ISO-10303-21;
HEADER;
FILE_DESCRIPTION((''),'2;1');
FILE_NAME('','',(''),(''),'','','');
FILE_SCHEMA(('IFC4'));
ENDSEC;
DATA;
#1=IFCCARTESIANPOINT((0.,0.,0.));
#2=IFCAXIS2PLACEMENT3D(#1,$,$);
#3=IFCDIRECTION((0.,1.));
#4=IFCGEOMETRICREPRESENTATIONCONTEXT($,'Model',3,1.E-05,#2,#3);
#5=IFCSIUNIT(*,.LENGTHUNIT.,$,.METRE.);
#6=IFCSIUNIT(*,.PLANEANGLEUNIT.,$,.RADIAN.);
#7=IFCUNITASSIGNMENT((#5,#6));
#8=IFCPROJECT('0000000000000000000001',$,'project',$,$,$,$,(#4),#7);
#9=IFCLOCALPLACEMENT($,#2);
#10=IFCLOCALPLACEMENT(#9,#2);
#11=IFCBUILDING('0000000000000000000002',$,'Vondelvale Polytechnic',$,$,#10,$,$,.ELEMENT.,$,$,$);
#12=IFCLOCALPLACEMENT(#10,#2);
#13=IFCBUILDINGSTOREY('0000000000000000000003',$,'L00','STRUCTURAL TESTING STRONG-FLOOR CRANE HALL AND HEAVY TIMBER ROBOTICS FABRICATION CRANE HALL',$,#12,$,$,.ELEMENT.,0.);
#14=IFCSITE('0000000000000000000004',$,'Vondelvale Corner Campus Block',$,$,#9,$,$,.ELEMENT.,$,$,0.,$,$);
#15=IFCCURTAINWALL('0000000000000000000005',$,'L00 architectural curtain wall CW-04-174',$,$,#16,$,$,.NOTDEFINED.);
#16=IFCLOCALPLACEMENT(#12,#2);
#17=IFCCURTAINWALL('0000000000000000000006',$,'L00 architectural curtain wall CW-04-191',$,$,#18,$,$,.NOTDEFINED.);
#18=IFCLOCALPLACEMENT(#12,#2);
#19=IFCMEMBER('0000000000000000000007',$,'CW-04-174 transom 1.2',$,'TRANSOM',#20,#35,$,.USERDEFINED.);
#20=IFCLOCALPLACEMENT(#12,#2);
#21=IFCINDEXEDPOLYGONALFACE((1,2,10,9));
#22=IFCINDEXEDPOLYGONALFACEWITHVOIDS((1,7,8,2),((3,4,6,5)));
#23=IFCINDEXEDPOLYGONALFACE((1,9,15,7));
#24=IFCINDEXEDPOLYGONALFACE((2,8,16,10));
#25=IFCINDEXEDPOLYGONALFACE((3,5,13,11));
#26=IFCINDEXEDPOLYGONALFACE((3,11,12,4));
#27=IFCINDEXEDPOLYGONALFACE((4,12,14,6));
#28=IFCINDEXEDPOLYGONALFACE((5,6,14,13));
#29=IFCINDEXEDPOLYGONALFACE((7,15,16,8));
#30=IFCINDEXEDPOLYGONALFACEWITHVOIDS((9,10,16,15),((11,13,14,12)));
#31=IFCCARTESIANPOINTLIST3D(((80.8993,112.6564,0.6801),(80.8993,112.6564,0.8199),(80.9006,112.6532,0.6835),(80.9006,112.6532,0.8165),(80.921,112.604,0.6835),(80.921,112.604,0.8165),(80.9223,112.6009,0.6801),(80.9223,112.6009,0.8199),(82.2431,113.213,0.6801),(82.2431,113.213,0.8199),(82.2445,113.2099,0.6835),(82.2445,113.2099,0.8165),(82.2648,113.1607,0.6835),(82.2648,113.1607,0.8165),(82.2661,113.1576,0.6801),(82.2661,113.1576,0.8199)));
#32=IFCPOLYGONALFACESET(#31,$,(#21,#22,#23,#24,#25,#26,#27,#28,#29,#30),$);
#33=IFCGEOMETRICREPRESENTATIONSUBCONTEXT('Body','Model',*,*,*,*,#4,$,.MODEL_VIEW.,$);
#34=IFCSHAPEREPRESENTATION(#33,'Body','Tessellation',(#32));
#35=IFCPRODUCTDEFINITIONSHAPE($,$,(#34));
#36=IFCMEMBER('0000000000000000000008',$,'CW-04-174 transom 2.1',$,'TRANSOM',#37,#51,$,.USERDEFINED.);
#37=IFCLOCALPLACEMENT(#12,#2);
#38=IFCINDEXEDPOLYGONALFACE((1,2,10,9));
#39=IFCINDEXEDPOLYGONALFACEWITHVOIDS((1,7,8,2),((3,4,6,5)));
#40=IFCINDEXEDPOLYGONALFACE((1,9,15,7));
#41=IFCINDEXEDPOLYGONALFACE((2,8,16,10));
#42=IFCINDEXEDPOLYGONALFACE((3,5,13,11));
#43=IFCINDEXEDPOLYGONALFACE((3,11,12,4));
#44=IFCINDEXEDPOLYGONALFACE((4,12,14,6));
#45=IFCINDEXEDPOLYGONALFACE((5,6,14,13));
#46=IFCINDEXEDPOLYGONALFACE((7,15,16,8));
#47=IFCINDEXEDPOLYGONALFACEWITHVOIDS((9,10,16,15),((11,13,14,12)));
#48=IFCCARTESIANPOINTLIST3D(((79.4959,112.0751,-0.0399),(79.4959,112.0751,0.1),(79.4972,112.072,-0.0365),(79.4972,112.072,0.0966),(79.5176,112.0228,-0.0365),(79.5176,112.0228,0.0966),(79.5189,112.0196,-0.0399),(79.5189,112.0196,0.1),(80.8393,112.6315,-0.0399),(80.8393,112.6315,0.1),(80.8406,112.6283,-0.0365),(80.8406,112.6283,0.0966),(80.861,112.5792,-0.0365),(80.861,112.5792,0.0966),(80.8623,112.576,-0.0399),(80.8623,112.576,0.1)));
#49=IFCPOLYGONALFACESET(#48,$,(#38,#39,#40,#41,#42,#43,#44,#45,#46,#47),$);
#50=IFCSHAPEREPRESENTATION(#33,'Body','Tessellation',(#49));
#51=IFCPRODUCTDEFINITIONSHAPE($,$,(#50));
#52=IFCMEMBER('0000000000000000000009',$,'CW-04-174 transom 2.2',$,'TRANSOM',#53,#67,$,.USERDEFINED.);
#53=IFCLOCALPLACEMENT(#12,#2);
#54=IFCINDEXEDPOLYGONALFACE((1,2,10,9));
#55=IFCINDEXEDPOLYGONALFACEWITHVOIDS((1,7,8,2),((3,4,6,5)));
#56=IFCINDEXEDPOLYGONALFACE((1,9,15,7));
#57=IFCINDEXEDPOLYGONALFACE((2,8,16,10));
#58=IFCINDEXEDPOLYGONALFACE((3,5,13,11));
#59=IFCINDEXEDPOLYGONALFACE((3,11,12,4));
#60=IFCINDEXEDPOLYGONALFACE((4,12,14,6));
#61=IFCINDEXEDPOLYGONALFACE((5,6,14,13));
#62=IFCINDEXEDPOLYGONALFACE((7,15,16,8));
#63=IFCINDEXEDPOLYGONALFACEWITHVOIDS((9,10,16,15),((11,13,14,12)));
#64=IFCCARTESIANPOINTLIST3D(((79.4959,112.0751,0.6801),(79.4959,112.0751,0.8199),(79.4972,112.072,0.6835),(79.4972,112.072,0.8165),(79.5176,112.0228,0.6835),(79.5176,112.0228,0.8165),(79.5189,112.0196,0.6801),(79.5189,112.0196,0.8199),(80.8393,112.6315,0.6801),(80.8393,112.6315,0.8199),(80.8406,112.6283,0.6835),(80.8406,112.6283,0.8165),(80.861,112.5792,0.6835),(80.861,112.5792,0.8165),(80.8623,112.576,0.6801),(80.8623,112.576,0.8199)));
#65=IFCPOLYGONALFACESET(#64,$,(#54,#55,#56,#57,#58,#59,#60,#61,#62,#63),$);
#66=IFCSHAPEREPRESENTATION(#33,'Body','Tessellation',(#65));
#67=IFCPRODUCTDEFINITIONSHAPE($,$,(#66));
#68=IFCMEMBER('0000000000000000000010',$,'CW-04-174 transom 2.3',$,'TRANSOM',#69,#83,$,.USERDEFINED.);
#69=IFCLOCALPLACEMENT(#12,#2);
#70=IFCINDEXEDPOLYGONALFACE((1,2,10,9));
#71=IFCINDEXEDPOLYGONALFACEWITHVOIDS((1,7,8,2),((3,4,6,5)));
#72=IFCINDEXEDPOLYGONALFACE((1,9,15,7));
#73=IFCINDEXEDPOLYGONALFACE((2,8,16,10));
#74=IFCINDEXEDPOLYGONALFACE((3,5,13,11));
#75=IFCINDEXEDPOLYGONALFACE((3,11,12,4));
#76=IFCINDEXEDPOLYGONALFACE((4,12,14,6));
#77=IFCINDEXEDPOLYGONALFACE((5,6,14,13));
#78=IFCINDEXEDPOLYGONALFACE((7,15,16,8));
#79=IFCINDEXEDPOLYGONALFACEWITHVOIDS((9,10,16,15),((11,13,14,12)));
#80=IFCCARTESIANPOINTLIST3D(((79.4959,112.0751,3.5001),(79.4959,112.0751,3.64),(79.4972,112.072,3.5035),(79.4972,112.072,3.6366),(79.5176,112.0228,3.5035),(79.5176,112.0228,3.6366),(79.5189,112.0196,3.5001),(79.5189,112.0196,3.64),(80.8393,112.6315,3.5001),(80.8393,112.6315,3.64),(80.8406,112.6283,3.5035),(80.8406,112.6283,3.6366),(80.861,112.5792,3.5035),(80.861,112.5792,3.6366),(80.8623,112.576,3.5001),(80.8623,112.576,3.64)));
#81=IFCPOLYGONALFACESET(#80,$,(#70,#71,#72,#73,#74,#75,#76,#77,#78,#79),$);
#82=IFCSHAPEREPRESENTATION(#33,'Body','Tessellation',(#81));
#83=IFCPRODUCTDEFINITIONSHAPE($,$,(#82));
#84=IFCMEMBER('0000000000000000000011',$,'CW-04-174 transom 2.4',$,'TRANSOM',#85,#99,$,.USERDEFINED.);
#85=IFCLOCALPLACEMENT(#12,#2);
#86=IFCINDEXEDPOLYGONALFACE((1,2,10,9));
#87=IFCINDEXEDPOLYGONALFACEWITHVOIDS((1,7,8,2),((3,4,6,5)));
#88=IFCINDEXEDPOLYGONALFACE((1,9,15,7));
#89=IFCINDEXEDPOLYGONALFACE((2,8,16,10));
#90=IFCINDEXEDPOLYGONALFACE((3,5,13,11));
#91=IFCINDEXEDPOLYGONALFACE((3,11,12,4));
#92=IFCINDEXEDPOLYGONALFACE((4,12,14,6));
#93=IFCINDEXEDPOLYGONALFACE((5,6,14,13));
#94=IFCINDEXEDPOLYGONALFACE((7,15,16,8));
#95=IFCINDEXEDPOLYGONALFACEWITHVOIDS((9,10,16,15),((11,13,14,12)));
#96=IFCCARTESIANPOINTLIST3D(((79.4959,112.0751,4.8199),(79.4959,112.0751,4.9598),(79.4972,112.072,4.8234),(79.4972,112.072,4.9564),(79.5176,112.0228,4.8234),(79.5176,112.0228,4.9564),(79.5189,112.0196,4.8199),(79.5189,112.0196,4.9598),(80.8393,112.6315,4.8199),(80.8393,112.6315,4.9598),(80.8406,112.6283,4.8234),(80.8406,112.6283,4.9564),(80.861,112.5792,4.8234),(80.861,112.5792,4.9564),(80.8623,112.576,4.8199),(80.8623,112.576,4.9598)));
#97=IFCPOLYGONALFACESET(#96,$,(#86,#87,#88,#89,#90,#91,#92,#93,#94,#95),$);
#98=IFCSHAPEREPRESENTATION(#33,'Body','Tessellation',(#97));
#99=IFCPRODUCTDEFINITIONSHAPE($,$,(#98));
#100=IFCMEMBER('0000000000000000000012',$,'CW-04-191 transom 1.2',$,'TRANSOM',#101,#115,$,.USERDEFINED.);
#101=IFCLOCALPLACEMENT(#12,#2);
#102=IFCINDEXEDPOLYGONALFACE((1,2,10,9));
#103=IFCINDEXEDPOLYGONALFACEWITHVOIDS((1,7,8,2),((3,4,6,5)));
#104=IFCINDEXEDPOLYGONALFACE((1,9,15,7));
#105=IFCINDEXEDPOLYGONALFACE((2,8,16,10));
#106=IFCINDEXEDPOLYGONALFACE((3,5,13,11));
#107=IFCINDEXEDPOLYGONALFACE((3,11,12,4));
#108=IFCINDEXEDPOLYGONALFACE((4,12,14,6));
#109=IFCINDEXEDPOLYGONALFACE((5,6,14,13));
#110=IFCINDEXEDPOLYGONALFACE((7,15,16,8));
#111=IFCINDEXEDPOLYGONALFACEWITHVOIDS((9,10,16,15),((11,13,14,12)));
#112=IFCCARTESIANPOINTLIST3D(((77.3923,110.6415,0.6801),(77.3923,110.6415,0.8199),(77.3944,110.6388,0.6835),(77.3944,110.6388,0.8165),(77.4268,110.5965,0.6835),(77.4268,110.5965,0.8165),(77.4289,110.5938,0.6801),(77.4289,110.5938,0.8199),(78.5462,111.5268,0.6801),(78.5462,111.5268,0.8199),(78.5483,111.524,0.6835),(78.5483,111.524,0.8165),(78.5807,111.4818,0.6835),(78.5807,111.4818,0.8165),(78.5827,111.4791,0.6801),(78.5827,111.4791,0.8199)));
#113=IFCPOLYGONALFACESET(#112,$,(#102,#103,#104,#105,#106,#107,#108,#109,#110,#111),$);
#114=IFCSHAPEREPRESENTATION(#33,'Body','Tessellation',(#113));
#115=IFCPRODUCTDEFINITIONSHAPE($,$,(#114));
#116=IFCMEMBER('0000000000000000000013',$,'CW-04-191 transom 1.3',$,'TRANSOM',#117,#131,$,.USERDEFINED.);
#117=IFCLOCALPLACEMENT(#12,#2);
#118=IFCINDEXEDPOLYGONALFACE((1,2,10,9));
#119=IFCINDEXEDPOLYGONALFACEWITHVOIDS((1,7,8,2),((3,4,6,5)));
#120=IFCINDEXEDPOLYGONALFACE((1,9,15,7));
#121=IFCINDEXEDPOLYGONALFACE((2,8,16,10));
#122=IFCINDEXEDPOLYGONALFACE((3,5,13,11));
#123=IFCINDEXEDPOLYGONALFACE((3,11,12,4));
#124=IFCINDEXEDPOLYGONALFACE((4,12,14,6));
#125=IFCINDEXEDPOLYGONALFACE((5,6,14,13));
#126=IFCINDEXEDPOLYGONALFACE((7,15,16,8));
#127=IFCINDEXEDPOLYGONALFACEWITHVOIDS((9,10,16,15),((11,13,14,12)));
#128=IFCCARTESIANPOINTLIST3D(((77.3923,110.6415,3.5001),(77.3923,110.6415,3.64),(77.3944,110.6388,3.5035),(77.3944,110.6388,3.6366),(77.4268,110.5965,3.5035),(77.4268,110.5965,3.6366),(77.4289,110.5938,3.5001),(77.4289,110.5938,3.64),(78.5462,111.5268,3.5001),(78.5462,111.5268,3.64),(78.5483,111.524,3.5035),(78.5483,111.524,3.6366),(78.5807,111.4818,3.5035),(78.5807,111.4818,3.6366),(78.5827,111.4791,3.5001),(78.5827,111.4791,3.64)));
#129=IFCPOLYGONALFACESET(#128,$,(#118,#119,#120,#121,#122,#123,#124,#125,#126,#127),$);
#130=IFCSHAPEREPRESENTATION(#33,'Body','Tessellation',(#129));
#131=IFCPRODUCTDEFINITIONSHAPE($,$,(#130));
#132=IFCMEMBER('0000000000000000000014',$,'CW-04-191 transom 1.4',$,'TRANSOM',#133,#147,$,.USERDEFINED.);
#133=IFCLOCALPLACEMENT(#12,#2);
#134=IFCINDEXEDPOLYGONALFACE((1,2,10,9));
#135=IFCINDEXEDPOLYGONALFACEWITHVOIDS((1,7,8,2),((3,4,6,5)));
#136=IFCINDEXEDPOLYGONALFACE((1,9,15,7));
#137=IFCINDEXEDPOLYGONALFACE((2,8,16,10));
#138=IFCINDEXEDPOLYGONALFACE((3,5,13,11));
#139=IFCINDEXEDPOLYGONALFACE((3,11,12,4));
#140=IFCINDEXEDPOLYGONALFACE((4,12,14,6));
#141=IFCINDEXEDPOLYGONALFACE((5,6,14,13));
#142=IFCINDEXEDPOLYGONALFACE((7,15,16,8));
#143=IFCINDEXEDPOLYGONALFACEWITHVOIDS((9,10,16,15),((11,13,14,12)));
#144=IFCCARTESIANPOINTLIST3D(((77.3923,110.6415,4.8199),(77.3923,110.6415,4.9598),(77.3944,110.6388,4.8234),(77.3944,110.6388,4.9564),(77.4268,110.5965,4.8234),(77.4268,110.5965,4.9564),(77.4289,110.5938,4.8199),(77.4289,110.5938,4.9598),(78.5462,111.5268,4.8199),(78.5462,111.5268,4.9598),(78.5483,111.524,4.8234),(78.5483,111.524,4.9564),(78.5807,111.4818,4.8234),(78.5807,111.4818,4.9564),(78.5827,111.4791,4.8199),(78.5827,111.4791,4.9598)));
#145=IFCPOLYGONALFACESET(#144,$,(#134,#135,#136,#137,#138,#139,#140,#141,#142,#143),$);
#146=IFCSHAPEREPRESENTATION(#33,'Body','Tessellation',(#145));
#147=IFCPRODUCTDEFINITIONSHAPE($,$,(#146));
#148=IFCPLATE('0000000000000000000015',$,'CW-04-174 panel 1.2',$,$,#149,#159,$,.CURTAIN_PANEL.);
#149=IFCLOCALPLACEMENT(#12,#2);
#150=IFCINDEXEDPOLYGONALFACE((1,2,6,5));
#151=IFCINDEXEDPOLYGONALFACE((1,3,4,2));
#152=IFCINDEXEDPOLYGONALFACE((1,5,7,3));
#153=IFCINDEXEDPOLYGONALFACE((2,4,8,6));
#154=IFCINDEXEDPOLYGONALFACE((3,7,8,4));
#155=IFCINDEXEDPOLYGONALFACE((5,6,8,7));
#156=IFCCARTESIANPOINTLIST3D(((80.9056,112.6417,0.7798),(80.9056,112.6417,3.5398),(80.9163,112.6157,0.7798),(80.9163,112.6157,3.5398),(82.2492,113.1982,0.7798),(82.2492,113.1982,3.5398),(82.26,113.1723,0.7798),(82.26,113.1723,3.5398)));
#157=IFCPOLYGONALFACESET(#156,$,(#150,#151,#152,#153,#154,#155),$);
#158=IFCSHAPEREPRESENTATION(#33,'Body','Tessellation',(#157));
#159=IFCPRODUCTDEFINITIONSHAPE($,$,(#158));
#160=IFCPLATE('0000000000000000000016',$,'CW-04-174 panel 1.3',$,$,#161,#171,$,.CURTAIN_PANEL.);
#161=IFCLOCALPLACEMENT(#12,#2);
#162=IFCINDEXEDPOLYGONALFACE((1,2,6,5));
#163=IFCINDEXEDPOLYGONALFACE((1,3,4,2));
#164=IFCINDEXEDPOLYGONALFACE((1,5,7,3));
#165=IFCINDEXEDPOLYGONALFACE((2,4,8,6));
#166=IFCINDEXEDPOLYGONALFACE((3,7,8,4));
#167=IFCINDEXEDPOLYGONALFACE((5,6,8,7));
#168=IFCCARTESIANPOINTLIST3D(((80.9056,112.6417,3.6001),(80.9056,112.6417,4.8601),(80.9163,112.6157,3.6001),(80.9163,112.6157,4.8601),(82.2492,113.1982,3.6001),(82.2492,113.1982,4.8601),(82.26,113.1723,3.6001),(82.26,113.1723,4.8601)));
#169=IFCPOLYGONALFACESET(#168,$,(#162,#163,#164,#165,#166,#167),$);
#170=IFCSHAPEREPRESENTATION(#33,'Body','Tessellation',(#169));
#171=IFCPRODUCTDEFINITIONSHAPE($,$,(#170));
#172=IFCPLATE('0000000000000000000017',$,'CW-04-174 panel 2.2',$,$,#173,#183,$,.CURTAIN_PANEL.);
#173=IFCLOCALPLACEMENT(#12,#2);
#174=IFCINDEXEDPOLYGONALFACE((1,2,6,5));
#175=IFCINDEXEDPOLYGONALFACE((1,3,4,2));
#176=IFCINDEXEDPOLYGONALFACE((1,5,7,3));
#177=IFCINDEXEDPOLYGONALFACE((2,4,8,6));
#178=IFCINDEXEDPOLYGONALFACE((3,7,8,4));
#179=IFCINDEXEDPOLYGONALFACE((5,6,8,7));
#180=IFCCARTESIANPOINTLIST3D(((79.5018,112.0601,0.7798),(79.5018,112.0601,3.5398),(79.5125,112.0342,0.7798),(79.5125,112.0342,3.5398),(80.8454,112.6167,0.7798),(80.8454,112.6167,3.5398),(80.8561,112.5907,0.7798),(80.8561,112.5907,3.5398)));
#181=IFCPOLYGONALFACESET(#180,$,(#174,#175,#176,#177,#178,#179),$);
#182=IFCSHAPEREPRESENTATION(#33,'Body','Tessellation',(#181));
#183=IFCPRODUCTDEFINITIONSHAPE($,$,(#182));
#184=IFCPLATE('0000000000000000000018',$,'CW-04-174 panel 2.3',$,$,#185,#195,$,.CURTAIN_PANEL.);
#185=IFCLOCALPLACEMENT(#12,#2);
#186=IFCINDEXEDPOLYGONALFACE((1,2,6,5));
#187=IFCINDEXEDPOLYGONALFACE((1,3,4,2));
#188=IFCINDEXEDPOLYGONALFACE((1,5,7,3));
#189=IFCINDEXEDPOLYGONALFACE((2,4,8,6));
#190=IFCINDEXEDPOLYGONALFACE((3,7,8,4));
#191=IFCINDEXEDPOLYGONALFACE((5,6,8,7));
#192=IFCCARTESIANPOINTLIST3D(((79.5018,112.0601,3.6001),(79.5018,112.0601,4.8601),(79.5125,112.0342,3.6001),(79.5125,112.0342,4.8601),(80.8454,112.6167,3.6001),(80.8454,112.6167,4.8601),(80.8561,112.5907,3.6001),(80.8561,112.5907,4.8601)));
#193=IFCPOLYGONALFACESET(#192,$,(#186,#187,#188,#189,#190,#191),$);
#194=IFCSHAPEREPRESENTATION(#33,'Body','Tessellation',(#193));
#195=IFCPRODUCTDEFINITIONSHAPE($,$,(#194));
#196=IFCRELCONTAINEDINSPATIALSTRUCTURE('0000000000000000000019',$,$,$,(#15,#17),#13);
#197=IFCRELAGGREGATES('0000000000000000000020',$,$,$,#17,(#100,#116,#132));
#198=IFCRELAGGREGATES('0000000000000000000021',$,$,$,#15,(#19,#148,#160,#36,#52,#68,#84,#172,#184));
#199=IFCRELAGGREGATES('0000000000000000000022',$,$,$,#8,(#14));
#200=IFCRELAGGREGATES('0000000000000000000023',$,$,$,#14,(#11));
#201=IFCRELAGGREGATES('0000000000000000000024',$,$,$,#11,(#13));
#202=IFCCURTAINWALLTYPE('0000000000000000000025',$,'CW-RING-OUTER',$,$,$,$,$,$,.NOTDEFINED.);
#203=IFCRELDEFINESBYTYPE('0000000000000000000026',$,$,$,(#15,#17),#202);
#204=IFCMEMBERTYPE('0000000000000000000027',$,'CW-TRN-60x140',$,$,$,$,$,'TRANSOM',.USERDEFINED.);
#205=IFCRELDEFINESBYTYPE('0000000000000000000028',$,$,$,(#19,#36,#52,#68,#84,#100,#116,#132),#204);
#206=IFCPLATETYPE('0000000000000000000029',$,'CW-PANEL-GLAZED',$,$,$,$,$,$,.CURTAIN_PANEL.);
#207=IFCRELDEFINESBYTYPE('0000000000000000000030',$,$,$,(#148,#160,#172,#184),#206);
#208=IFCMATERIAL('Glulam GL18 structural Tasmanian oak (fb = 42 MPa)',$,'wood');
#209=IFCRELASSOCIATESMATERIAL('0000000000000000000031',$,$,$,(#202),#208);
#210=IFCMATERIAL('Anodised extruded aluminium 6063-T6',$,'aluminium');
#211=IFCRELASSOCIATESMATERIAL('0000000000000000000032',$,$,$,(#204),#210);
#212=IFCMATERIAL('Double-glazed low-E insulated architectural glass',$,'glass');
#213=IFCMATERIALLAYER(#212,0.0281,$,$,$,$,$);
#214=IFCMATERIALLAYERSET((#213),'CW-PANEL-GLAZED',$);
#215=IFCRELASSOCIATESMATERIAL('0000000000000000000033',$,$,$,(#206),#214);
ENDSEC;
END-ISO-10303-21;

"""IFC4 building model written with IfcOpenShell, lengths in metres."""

from ifc_helpers import new_model, si_unit, direction, frame, origin, origin_2d, place, context, subcontext, project, spatial, rectangle, hollow_rectangle, extrude, material, layer, layer_set, material_profile, profile_set, type_object, element, aggregate, save


model = new_model("IFC4")

# Units and contexts
model_context = context("Model", 3, precision=1e-05, world=origin(), true_north=direction((0.0, 1.0)))
body_context = subcontext(model_context, "Body", "Model", "MODEL_VIEW")
ifc_project = project(units=[si_unit("LENGTHUNIT", "METRE"), si_unit("PLANEANGLEUNIT", "RADIAN")], contexts=[model_context])

# Site, building, storey
site_placement = place(None, origin())
site = spatial("IfcSite", under=ifc_project, at=site_placement, Name="Vondelvale Corner Campus Block", CompositionType="ELEMENT", RefElevation=0.0)
building_placement = place(site_placement, origin())
building = spatial("IfcBuilding", under=site, at=building_placement, Name="Vondelvale Polytechnic", CompositionType="ELEMENT")
storey_placement = place(building_placement, origin())
storey = spatial("IfcBuildingStorey", under=building, at=storey_placement, Name="L00", Description="STRUCTURAL TESTING STRONG-FLOOR CRANE HALL AND HEAVY TIMBER ROBOTICS FABRICATION CRANE HALL", CompositionType="ELEMENT", Elevation=0.0)

# Curtain wall
ifc_material_1 = material(Name="Glulam GL18 structural Tasmanian oak (fb = 42 MPa)", Category="wood")
curtain_wall_type = type_object("IfcCurtainWallType", Name="CW-RING-OUTER", PredefinedType="NOTDEFINED", material=ifc_material_1)
curtain_wall_1_placement = place(storey_placement, origin())
curtain_wall_1 = element("IfcCurtainWall", 1, at=curtain_wall_1_placement, inside=storey, type_object=curtain_wall_type, Name="L00 architectural curtain wall CW-04-174", PredefinedType="NOTDEFINED")
ifc_material_2 = material(Name="Anodised extruded aluminium 6063-T6", Category="aluminium")

# Curtain wall
curtain_wall_2_placement = place(storey_placement, origin())
curtain_wall_2 = element("IfcCurtainWall", 2, at=curtain_wall_2_placement, inside=storey, type_object=curtain_wall_type, Name="L00 architectural curtain wall CW-04-191", PredefinedType="NOTDEFINED")

# Members
ifc_material_profile_1 = material_profile(ifc_material_2, hollow_rectangle(XDim=0.0601, YDim=0.1399, WallThickness=0.0034, at=origin_2d()), Name="CW-TRN-140x60")
ifc_profile_set_1 = profile_set([ifc_material_profile_1], Name="Anodised extruded aluminium 6063-T6")
member_type_1 = type_object("IfcMemberType", Name="CW-TRN-60x140", ElementType="TRANSOM", PredefinedType="USERDEFINED", material=ifc_profile_set_1)
member_1_placement = place(storey_placement, frame((82.2546, 113.1853, 0.75), z_axis=(-0.92387, -0.382708, 0.0), x_axis=(0.382708, -0.92387, 0.0)))
member_1 = element("IfcMember", 3, at=member_1_placement, type_object=member_type_1, Name="CW-04-174 transom 1.2", ObjectType="TRANSOM", PredefinedType="USERDEFINED", context=body_context, shape_type="SweptSolid", body=[
    extrude(hollow_rectangle(XDim=0.0601, YDim=0.1399, WallThickness=0.0034, at=origin_2d()), origin(), (0.0, 0.0, 1.0), 1.4546),
])
member_2_placement = place(storey_placement, frame((80.8508, 112.6038, 0.03), z_axis=(-0.923904, -0.382624, 0.0), x_axis=(0.382624, -0.923904, 0.0)))
member_2 = element("IfcMember", 4, at=member_2_placement, type_object=member_type_1, Name="CW-04-174 transom 2.1", ObjectType="TRANSOM", PredefinedType="USERDEFINED", context=body_context, shape_type="SweptSolid", body=[
    extrude(hollow_rectangle(XDim=0.0601, YDim=0.1399, WallThickness=0.0034, at=origin_2d()), origin(), (0.0, 0.0, 1.0), 1.4541),
])
member_3_placement = place(storey_placement, frame((80.8508, 112.6038, 0.75), z_axis=(-0.923904, -0.382624, 0.0), x_axis=(0.382624, -0.923904, 0.0)))
member_3 = element("IfcMember", 5, at=member_3_placement, type_object=member_type_1, Name="CW-04-174 transom 2.2", ObjectType="TRANSOM", PredefinedType="USERDEFINED", context=body_context, shape_type="SweptSolid", body=[
    extrude(hollow_rectangle(XDim=0.0601, YDim=0.1399, WallThickness=0.0034, at=origin_2d()), origin(), (0.0, 0.0, 1.0), 1.4541),
])
member_4_placement = place(storey_placement, frame((80.8508, 112.6038, 3.5701), z_axis=(-0.923904, -0.382624, 0.0), x_axis=(0.382624, -0.923904, 0.0)))
member_4 = element("IfcMember", 6, at=member_4_placement, type_object=member_type_1, Name="CW-04-174 transom 2.3", ObjectType="TRANSOM", PredefinedType="USERDEFINED", context=body_context, shape_type="SweptSolid", body=[
    extrude(hollow_rectangle(XDim=0.0601, YDim=0.1399, WallThickness=0.0034, at=origin_2d()), origin(), (0.0, 0.0, 1.0), 1.4541),
])
member_5_placement = place(storey_placement, frame((80.8508, 112.6038, 4.8899), z_axis=(-0.923904, -0.382624, 0.0), x_axis=(0.382624, -0.923904, 0.0)))
member_5 = element("IfcMember", 7, at=member_5_placement, type_object=member_type_1, Name="CW-04-174 transom 2.4", ObjectType="TRANSOM", PredefinedType="USERDEFINED", context=body_context, shape_type="SweptSolid", body=[
    extrude(hollow_rectangle(XDim=0.0601, YDim=0.1399, WallThickness=0.0034, at=origin_2d()), origin(), (0.0, 0.0, 1.0), 1.4541),
])
member_6_placement = place(storey_placement, frame((78.5645, 111.5029, 0.75), z_axis=(-0.793385, -0.608721, 0.0), x_axis=(0.608721, -0.793385, 0.0)))
member_6 = element("IfcMember", 8, at=member_6_placement, type_object=member_type_1, Name="CW-04-191 transom 1.2", ObjectType="TRANSOM", PredefinedType="USERDEFINED", context=body_context, shape_type="SweptSolid", body=[
    extrude(hollow_rectangle(XDim=0.0601, YDim=0.1399, WallThickness=0.0034, at=origin_2d()), origin(), (0.0, 0.0, 1.0), 1.4543),
])
member_7_placement = place(storey_placement, frame((78.5645, 111.5029, 3.5701), z_axis=(-0.793385, -0.608721, 0.0), x_axis=(0.608721, -0.793385, 0.0)))
member_7 = element("IfcMember", 9, at=member_7_placement, type_object=member_type_1, Name="CW-04-191 transom 1.3", ObjectType="TRANSOM", PredefinedType="USERDEFINED", context=body_context, shape_type="SweptSolid", body=[
    extrude(hollow_rectangle(XDim=0.0601, YDim=0.1399, WallThickness=0.0034, at=origin_2d()), origin(), (0.0, 0.0, 1.0), 1.4543),
])
member_8_placement = place(storey_placement, frame((78.5645, 111.5029, 4.8899), z_axis=(-0.793385, -0.608721, 0.0), x_axis=(0.608721, -0.793385, 0.0)))
member_8 = element("IfcMember", 10, at=member_8_placement, type_object=member_type_1, Name="CW-04-191 transom 1.4", ObjectType="TRANSOM", PredefinedType="USERDEFINED", context=body_context, shape_type="SweptSolid", body=[
    extrude(hollow_rectangle(XDim=0.0601, YDim=0.1399, WallThickness=0.0034, at=origin_2d()), origin(), (0.0, 0.0, 1.0), 1.4543),
])
aggregate(curtain_wall_2, [member_6, member_7, member_8])

# Plates
ifc_material_3 = material(Name="Double-glazed low-E insulated architectural glass", Category="glass")
ifc_layer_1 = layer(ifc_material_3, 0.0281)
ifc_layer_set_1 = layer_set([ifc_layer_1], Name="CW-PANEL-GLAZED")
plate_type_1 = type_object("IfcPlateType", Name="CW-PANEL-GLAZED", PredefinedType="CURTAIN_PANEL", material=ifc_layer_set_1)
plate_1_placement = place(storey_placement, frame((81.5828, 112.907, 0.7798), z_axis=(0.0, 0.0, 1.0), x_axis=(-0.923881, -0.382679, 0.0)))
plate_1 = element("IfcPlate", 11, at=plate_1_placement, type_object=plate_type_1, Name="CW-04-174 panel 1.2", PredefinedType="CURTAIN_PANEL", context=body_context, shape_type="SweptSolid", body=[
    extrude(rectangle(XDim=1.4543, YDim=0.0281, at=origin_2d()), origin(), (0.0, 0.0, 1.0), 2.76),
])
plate_2_placement = place(storey_placement, frame((81.5828, 112.907, 3.6001), z_axis=(0.0, 0.0, 1.0), x_axis=(-0.923881, -0.382679, 0.0)))
plate_2 = element("IfcPlate", 12, at=plate_2_placement, type_object=plate_type_1, Name="CW-04-174 panel 1.3", PredefinedType="CURTAIN_PANEL", context=body_context, shape_type="SweptSolid", body=[
    extrude(rectangle(XDim=1.4543, YDim=0.0281, at=origin_2d()), origin(), (0.0, 0.0, 1.0), 1.26),
])
plate_3_placement = place(storey_placement, frame((80.179, 112.3254, 0.7798), z_axis=(0.0, 0.0, 1.0), x_axis=(-0.923881, -0.382679, 0.0)))
plate_3 = element("IfcPlate", 13, at=plate_3_placement, type_object=plate_type_1, Name="CW-04-174 panel 2.2", PredefinedType="CURTAIN_PANEL", context=body_context, shape_type="SweptSolid", body=[
    extrude(rectangle(XDim=1.4543, YDim=0.0281, at=origin_2d()), origin(), (0.0, 0.0, 1.0), 2.76),
])
plate_4_placement = place(storey_placement, frame((80.179, 112.3254, 3.6001), z_axis=(0.0, 0.0, 1.0), x_axis=(-0.923881, -0.382679, 0.0)))
plate_4 = element("IfcPlate", 14, at=plate_4_placement, type_object=plate_type_1, Name="CW-04-174 panel 2.3", PredefinedType="CURTAIN_PANEL", context=body_context, shape_type="SweptSolid", body=[
    extrude(rectangle(XDim=1.4543, YDim=0.0281, at=origin_2d()), origin(), (0.0, 0.0, 1.0), 1.26),
])
aggregate(curtain_wall_1, [member_1, plate_1, plate_2, member_2, member_3, member_4, member_5, plate_3, plate_4])

save(model, "model.ifc")
